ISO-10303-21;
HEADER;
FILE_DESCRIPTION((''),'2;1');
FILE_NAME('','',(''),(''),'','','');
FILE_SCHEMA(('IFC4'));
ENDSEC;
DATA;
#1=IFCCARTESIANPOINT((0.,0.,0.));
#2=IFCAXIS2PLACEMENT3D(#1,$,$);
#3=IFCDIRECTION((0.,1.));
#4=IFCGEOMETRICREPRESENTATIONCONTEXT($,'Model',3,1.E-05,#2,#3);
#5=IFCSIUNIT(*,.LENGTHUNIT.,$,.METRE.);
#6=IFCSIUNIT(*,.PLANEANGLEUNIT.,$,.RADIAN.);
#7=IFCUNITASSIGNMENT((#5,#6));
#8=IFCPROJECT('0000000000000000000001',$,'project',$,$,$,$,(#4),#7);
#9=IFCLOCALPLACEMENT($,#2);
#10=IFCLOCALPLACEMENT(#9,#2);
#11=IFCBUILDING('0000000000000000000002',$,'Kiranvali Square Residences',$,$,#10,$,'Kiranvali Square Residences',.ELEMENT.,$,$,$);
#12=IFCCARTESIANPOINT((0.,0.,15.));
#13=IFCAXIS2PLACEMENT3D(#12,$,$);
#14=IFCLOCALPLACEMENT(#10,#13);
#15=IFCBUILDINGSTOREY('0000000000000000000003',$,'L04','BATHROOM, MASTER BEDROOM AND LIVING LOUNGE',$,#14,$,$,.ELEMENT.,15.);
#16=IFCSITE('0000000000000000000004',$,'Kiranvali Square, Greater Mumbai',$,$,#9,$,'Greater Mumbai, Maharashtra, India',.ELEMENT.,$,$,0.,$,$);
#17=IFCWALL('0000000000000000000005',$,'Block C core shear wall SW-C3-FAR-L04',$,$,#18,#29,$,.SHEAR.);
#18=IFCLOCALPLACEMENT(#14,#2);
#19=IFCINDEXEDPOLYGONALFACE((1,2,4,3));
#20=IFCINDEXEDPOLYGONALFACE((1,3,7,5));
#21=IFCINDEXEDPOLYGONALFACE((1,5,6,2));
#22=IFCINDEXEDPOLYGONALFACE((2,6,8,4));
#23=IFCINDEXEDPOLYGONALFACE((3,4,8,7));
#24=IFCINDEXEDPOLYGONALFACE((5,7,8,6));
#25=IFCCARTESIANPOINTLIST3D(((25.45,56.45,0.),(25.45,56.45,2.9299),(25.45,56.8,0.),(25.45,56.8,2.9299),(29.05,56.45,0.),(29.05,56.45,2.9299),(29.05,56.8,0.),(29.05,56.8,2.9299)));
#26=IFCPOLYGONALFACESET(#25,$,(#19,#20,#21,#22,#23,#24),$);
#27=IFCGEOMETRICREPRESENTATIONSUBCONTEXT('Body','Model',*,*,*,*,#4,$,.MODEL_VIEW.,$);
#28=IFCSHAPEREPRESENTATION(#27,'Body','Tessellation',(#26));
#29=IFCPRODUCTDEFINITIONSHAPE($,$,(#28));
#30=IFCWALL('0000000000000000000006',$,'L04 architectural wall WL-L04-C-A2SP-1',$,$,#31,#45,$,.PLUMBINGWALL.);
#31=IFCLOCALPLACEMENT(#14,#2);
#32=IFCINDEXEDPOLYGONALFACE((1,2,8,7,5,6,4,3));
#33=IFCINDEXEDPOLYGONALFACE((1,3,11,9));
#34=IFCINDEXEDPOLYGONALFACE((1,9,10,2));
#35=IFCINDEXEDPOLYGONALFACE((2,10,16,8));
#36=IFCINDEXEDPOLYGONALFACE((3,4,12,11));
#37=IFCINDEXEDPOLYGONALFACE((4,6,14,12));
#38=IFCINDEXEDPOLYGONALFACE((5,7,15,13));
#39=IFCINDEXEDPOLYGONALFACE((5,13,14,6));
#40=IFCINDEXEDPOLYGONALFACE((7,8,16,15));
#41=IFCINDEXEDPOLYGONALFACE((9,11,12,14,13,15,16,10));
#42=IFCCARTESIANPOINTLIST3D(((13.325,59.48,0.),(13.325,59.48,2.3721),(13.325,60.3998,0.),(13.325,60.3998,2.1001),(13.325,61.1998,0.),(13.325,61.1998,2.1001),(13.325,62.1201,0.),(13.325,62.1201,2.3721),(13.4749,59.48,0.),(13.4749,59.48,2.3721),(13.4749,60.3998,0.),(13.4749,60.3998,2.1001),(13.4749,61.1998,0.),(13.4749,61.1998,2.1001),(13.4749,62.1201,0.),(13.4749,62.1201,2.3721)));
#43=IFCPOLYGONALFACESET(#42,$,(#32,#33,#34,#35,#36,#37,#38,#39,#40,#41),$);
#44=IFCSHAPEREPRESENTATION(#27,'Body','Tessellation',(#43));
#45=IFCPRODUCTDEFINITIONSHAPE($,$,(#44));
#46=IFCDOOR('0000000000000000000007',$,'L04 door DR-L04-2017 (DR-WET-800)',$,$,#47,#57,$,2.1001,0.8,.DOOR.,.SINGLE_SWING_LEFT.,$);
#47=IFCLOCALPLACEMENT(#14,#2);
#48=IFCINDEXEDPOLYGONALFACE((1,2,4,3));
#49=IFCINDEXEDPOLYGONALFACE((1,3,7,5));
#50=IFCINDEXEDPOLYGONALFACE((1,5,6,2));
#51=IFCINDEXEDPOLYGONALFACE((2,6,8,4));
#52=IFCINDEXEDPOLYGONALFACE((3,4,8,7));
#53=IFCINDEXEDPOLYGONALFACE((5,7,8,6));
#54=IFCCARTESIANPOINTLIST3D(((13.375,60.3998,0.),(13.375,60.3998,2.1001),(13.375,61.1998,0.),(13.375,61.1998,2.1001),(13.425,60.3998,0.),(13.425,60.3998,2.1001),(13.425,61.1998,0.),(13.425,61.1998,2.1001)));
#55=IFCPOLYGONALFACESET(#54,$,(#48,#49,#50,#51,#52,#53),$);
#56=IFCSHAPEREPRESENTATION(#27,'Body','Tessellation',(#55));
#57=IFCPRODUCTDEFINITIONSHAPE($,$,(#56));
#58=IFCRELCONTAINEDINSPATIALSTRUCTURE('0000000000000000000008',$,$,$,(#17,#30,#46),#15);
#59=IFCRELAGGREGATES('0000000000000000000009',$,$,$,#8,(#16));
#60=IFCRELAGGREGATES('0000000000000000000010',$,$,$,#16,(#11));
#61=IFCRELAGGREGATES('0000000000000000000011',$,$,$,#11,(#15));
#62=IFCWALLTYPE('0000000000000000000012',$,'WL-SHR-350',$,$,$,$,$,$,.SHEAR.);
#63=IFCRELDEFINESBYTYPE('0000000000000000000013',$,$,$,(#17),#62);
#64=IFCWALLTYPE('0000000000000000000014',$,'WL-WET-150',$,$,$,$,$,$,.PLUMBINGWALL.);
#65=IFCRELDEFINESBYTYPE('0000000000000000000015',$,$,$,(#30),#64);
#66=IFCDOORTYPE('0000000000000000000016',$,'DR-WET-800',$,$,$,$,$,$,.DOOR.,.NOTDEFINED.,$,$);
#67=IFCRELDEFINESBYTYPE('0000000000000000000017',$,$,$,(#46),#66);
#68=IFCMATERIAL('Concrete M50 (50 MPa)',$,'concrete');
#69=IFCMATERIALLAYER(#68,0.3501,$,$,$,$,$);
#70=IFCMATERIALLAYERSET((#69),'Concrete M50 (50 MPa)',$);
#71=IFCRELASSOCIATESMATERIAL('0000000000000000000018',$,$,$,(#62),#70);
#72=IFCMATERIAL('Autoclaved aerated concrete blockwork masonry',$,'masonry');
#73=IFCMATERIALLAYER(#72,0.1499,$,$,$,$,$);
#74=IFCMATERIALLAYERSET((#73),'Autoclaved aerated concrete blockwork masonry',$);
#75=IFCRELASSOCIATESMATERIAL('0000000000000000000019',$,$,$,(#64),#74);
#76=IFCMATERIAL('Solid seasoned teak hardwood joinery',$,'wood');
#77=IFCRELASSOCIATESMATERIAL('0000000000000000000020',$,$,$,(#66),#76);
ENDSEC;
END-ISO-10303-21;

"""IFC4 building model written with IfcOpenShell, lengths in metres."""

from ifc_helpers import new_model, si_unit, direction, frame, frame_2d, origin, place, context, subcontext, project, spatial, rectangle, extrude, material, layer, layer_set, type_object, element, fill, save


model = new_model("IFC4")

# Units and contexts
model_context = context("Model", 3, precision=1e-05, world=origin(), true_north=direction((0.0, 1.0)))
body_context = subcontext(model_context, "Body", "Model", "MODEL_VIEW")
ifc_project = project(units=[si_unit("LENGTHUNIT", "METRE"), si_unit("PLANEANGLEUNIT", "RADIAN")], contexts=[model_context])

# Site, building, storey
site_placement = place(None, origin())
site = spatial("IfcSite", under=ifc_project, at=site_placement, Name="Kiranvali Square, Greater Mumbai", LongName="Greater Mumbai, Maharashtra, India", CompositionType="ELEMENT", RefElevation=0.0)
building_placement = place(site_placement, origin())
building = spatial("IfcBuilding", under=site, at=building_placement, Name="Kiranvali Square Residences", LongName="Kiranvali Square Residences", CompositionType="ELEMENT")
storey_placement = place(building_placement, frame((0.0, 0.0, 15.0)))
storey = spatial("IfcBuildingStorey", under=building, at=storey_placement, Name="L04", Description="BATHROOM, MASTER BEDROOM AND LIVING LOUNGE", CompositionType="ELEMENT", Elevation=15.0)

# Shared definitions
ifc_material_1 = material(Name="Concrete M50 (50 MPa)", Category="concrete")

# Shared definitions
ifc_material_2 = material(Name="Autoclaved aerated concrete blockwork masonry", Category="masonry")

# Shared definitions
ifc_material_3 = material(Name="Solid seasoned teak hardwood joinery", Category="wood")

# Wall
ifc_layer_1 = layer(ifc_material_1, 0.3501)
ifc_layer_set_1 = layer_set([ifc_layer_1], Name="Concrete M50 (50 MPa)")
wall_type_1 = type_object("IfcWallType", Name="WL-SHR-350", PredefinedType="SHEAR", material=ifc_layer_set_1)
wall_1_placement = place(storey_placement, frame((29.05, 56.625, 0.0), z_axis=(0.0, 0.0, 1.0), x_axis=(-1.0, 0.0, 0.0)))
element("IfcWall", 1, at=wall_1_placement, inside=storey, type_object=wall_type_1, Name="Block C core shear wall SW-C3-FAR-L04", PredefinedType="SHEAR", context=body_context, shape_type="SweptSolid", body=[
    extrude(rectangle(XDim=3.6001, YDim=0.3501, at=frame_2d((1.8, 0.0))), origin(), (0.0, 0.0, 1.0), 2.9299),
])

# Wall, opening, door
ifc_layer_2 = layer(ifc_material_2, 0.1499)
ifc_layer_set_2 = layer_set([ifc_layer_2], Name="Autoclaved aerated concrete blockwork masonry")
wall_type_2 = type_object("IfcWallType", Name="WL-WET-150", PredefinedType="PLUMBINGWALL", material=ifc_layer_set_2)
wall_2_placement = place(storey_placement, frame((13.3999, 59.48, 0.0), z_axis=(0.0, 0.0, 1.0), x_axis=(0.0, 1.0, 0.0)))
wall_2 = element("IfcWall", 2, at=wall_2_placement, inside=storey, type_object=wall_type_2, Name="L04 architectural wall WL-L04-C-A2SP-1", PredefinedType="PLUMBINGWALL", context=body_context, shape_type="SweptSolid", body=[
    extrude(rectangle(XDim=2.6401, YDim=0.1499, at=frame_2d((1.3201, 0.0))), origin(), (0.0, 0.0, 1.0), 2.3721),
])
opening_1_placement = place(wall_2_placement, frame((0.9199, 0.0, 0.0)))
opening_1 = element("IfcOpeningElement", 3, at=opening_1_placement, cuts=wall_2, PredefinedType="OPENING", context=body_context, shape_type="SweptSolid", body=[
    extrude(rectangle(XDim=0.8, YDim=2.1001, at=frame_2d((0.3999, 1.05))), frame((0.0, 0.085, 0.0), z_axis=(0.0, -1.0, 0.0), x_axis=(1.0, 0.0, 0.0)), (0.0, 0.0, 1.0), 0.1699),
])
door_type_1 = type_object("IfcDoorType", Name="DR-WET-800", OperationType="NOTDEFINED", PredefinedType="DOOR", material=ifc_material_3)
door_1_placement = place(opening_1_placement, origin())
door_1 = element("IfcDoor", 4, at=door_1_placement, inside=storey, type_object=door_type_1, Name="L04 door DR-L04-2017 (DR-WET-800)", OperationType="SINGLE_SWING_LEFT", OverallHeight=2.1001, OverallWidth=0.8, PredefinedType="DOOR", context=body_context, shape_type="SweptSolid", body=[
    extrude(rectangle(XDim=0.8, YDim=2.1001, at=frame_2d((0.3999, 1.05))), frame((0.0, 0.0249, 0.0), z_axis=(0.0, -1.0, 0.0), x_axis=(1.0, 0.0, 0.0)), (0.0, 0.0, 1.0), 0.05),
])
fill(opening_1, door_1)

save(model, "model.ifc")
